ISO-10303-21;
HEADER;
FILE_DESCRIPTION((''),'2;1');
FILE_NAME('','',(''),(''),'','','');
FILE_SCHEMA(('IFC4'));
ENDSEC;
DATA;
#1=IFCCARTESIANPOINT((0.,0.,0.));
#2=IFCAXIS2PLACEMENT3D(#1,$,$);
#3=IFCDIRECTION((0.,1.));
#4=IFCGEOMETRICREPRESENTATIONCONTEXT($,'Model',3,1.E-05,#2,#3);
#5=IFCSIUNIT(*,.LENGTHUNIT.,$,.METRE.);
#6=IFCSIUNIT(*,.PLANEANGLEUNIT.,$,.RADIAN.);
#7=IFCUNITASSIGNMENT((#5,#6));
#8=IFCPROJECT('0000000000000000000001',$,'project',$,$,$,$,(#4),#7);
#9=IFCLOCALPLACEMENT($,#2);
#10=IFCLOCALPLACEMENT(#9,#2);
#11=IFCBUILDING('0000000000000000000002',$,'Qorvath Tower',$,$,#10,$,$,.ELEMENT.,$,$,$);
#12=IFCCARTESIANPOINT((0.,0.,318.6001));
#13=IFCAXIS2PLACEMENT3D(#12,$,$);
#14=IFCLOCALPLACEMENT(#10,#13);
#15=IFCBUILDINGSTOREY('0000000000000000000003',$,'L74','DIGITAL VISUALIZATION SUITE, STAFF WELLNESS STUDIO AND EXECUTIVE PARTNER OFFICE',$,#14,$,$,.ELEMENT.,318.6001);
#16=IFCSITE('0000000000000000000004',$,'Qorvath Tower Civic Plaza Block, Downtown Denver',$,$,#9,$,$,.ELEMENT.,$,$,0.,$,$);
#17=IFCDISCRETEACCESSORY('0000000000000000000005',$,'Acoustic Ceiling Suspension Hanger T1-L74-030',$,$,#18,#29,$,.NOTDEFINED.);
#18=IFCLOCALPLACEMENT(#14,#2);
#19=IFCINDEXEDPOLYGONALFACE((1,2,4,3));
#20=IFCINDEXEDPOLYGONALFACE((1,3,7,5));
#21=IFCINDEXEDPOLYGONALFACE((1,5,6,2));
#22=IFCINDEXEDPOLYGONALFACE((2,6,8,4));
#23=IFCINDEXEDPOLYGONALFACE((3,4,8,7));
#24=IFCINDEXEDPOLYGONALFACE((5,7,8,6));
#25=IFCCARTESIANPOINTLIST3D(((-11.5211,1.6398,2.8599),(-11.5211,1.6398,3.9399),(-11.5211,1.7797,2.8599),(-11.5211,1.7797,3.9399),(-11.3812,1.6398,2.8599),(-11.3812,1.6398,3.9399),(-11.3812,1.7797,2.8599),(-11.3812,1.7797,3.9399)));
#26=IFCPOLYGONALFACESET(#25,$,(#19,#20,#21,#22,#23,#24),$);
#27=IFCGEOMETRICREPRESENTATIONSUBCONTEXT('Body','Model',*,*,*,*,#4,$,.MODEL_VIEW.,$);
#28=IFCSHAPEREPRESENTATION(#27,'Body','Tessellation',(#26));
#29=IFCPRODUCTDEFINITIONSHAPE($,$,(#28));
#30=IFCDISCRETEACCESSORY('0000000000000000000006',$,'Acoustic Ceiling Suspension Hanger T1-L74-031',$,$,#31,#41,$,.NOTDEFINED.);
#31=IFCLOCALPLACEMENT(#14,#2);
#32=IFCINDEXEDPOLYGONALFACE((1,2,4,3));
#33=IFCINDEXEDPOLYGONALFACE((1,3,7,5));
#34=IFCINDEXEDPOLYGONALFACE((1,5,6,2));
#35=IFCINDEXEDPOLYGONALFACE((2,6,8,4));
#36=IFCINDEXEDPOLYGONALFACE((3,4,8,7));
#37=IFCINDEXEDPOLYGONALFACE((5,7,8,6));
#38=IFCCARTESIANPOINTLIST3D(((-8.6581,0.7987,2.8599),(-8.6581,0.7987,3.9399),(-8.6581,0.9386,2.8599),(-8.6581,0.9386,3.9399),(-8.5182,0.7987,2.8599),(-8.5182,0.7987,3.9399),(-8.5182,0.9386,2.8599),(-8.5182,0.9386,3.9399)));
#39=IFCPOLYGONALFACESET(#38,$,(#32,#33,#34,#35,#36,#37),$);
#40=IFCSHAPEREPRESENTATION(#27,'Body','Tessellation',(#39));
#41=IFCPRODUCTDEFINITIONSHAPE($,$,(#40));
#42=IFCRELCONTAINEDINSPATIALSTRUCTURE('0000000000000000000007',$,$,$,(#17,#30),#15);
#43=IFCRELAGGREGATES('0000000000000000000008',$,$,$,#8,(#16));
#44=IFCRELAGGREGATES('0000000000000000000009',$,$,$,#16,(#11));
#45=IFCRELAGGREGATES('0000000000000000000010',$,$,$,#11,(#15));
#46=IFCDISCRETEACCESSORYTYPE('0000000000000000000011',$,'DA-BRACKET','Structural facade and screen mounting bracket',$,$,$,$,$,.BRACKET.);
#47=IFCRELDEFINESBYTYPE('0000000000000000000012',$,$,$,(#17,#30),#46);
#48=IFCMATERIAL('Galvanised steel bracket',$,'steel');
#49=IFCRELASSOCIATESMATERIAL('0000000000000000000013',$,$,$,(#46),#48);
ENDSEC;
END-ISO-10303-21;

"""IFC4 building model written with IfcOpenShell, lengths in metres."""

from ifc_helpers import new_model, si_unit, direction, frame, origin, origin_2d, place, context, subcontext, project, spatial, rectangle, extrude, material, type_object, element, save


model = new_model("IFC4")

# Units and contexts
model_context = context("Model", 3, precision=1e-05, world=origin(), true_north=direction((0.0, 1.0)))
body_context = subcontext(model_context, "Body", "Model", "MODEL_VIEW")
ifc_project = project(units=[si_unit("LENGTHUNIT", "METRE"), si_unit("PLANEANGLEUNIT", "RADIAN")], contexts=[model_context])

# Site, building, storey
site_placement = place(None, origin())
site = spatial("IfcSite", under=ifc_project, at=site_placement, Name="Qorvath Tower Civic Plaza Block, Downtown Denver", CompositionType="ELEMENT", RefElevation=0.0)
building_placement = place(site_placement, origin())
building = spatial("IfcBuilding", under=site, at=building_placement, Name="Qorvath Tower", CompositionType="ELEMENT")
storey_placement = place(building_placement, frame((0.0, 0.0, 318.6001)))
storey = spatial("IfcBuildingStorey", under=building, at=storey_placement, Name="L74", Description="DIGITAL VISUALIZATION SUITE, STAFF WELLNESS STUDIO AND EXECUTIVE PARTNER OFFICE", CompositionType="ELEMENT", Elevation=318.6001)

# Discrete accessories
ifc_material_1 = material(Name="Galvanised steel bracket", Category="steel")
discrete_accessory_type = type_object("IfcDiscreteAccessoryType", Name="DA-BRACKET", Description="Structural facade and screen mounting bracket", PredefinedType="BRACKET", material=ifc_material_1)
for number, where, z_axis, x_axis, name in (
    (1, (-11.4512, 1.7097, 2.8599), (0.0, 0.0, 1.0), (1.0, 0.0, 0.0), "Acoustic Ceiling Suspension Hanger T1-L74-030"),
    (2, (-8.5881, 0.8687, 2.8599), (0.0, 0.0, 1.0), (1.0, 0.0, 0.0), "Acoustic Ceiling Suspension Hanger T1-L74-031"),
):
    element("IfcDiscreteAccessory", number, at=place(storey_placement, frame(where, z_axis=z_axis, x_axis=x_axis)), inside=storey, type_object=discrete_accessory_type, Name=name, PredefinedType="NOTDEFINED", context=body_context, shape_type="SweptSolid", body=[
        extrude(rectangle(XDim=0.1399, YDim=0.1399, at=origin_2d()), origin(), (0.0, 0.0, 1.0), 1.0801),
    ])

save(model, "model.ifc")
